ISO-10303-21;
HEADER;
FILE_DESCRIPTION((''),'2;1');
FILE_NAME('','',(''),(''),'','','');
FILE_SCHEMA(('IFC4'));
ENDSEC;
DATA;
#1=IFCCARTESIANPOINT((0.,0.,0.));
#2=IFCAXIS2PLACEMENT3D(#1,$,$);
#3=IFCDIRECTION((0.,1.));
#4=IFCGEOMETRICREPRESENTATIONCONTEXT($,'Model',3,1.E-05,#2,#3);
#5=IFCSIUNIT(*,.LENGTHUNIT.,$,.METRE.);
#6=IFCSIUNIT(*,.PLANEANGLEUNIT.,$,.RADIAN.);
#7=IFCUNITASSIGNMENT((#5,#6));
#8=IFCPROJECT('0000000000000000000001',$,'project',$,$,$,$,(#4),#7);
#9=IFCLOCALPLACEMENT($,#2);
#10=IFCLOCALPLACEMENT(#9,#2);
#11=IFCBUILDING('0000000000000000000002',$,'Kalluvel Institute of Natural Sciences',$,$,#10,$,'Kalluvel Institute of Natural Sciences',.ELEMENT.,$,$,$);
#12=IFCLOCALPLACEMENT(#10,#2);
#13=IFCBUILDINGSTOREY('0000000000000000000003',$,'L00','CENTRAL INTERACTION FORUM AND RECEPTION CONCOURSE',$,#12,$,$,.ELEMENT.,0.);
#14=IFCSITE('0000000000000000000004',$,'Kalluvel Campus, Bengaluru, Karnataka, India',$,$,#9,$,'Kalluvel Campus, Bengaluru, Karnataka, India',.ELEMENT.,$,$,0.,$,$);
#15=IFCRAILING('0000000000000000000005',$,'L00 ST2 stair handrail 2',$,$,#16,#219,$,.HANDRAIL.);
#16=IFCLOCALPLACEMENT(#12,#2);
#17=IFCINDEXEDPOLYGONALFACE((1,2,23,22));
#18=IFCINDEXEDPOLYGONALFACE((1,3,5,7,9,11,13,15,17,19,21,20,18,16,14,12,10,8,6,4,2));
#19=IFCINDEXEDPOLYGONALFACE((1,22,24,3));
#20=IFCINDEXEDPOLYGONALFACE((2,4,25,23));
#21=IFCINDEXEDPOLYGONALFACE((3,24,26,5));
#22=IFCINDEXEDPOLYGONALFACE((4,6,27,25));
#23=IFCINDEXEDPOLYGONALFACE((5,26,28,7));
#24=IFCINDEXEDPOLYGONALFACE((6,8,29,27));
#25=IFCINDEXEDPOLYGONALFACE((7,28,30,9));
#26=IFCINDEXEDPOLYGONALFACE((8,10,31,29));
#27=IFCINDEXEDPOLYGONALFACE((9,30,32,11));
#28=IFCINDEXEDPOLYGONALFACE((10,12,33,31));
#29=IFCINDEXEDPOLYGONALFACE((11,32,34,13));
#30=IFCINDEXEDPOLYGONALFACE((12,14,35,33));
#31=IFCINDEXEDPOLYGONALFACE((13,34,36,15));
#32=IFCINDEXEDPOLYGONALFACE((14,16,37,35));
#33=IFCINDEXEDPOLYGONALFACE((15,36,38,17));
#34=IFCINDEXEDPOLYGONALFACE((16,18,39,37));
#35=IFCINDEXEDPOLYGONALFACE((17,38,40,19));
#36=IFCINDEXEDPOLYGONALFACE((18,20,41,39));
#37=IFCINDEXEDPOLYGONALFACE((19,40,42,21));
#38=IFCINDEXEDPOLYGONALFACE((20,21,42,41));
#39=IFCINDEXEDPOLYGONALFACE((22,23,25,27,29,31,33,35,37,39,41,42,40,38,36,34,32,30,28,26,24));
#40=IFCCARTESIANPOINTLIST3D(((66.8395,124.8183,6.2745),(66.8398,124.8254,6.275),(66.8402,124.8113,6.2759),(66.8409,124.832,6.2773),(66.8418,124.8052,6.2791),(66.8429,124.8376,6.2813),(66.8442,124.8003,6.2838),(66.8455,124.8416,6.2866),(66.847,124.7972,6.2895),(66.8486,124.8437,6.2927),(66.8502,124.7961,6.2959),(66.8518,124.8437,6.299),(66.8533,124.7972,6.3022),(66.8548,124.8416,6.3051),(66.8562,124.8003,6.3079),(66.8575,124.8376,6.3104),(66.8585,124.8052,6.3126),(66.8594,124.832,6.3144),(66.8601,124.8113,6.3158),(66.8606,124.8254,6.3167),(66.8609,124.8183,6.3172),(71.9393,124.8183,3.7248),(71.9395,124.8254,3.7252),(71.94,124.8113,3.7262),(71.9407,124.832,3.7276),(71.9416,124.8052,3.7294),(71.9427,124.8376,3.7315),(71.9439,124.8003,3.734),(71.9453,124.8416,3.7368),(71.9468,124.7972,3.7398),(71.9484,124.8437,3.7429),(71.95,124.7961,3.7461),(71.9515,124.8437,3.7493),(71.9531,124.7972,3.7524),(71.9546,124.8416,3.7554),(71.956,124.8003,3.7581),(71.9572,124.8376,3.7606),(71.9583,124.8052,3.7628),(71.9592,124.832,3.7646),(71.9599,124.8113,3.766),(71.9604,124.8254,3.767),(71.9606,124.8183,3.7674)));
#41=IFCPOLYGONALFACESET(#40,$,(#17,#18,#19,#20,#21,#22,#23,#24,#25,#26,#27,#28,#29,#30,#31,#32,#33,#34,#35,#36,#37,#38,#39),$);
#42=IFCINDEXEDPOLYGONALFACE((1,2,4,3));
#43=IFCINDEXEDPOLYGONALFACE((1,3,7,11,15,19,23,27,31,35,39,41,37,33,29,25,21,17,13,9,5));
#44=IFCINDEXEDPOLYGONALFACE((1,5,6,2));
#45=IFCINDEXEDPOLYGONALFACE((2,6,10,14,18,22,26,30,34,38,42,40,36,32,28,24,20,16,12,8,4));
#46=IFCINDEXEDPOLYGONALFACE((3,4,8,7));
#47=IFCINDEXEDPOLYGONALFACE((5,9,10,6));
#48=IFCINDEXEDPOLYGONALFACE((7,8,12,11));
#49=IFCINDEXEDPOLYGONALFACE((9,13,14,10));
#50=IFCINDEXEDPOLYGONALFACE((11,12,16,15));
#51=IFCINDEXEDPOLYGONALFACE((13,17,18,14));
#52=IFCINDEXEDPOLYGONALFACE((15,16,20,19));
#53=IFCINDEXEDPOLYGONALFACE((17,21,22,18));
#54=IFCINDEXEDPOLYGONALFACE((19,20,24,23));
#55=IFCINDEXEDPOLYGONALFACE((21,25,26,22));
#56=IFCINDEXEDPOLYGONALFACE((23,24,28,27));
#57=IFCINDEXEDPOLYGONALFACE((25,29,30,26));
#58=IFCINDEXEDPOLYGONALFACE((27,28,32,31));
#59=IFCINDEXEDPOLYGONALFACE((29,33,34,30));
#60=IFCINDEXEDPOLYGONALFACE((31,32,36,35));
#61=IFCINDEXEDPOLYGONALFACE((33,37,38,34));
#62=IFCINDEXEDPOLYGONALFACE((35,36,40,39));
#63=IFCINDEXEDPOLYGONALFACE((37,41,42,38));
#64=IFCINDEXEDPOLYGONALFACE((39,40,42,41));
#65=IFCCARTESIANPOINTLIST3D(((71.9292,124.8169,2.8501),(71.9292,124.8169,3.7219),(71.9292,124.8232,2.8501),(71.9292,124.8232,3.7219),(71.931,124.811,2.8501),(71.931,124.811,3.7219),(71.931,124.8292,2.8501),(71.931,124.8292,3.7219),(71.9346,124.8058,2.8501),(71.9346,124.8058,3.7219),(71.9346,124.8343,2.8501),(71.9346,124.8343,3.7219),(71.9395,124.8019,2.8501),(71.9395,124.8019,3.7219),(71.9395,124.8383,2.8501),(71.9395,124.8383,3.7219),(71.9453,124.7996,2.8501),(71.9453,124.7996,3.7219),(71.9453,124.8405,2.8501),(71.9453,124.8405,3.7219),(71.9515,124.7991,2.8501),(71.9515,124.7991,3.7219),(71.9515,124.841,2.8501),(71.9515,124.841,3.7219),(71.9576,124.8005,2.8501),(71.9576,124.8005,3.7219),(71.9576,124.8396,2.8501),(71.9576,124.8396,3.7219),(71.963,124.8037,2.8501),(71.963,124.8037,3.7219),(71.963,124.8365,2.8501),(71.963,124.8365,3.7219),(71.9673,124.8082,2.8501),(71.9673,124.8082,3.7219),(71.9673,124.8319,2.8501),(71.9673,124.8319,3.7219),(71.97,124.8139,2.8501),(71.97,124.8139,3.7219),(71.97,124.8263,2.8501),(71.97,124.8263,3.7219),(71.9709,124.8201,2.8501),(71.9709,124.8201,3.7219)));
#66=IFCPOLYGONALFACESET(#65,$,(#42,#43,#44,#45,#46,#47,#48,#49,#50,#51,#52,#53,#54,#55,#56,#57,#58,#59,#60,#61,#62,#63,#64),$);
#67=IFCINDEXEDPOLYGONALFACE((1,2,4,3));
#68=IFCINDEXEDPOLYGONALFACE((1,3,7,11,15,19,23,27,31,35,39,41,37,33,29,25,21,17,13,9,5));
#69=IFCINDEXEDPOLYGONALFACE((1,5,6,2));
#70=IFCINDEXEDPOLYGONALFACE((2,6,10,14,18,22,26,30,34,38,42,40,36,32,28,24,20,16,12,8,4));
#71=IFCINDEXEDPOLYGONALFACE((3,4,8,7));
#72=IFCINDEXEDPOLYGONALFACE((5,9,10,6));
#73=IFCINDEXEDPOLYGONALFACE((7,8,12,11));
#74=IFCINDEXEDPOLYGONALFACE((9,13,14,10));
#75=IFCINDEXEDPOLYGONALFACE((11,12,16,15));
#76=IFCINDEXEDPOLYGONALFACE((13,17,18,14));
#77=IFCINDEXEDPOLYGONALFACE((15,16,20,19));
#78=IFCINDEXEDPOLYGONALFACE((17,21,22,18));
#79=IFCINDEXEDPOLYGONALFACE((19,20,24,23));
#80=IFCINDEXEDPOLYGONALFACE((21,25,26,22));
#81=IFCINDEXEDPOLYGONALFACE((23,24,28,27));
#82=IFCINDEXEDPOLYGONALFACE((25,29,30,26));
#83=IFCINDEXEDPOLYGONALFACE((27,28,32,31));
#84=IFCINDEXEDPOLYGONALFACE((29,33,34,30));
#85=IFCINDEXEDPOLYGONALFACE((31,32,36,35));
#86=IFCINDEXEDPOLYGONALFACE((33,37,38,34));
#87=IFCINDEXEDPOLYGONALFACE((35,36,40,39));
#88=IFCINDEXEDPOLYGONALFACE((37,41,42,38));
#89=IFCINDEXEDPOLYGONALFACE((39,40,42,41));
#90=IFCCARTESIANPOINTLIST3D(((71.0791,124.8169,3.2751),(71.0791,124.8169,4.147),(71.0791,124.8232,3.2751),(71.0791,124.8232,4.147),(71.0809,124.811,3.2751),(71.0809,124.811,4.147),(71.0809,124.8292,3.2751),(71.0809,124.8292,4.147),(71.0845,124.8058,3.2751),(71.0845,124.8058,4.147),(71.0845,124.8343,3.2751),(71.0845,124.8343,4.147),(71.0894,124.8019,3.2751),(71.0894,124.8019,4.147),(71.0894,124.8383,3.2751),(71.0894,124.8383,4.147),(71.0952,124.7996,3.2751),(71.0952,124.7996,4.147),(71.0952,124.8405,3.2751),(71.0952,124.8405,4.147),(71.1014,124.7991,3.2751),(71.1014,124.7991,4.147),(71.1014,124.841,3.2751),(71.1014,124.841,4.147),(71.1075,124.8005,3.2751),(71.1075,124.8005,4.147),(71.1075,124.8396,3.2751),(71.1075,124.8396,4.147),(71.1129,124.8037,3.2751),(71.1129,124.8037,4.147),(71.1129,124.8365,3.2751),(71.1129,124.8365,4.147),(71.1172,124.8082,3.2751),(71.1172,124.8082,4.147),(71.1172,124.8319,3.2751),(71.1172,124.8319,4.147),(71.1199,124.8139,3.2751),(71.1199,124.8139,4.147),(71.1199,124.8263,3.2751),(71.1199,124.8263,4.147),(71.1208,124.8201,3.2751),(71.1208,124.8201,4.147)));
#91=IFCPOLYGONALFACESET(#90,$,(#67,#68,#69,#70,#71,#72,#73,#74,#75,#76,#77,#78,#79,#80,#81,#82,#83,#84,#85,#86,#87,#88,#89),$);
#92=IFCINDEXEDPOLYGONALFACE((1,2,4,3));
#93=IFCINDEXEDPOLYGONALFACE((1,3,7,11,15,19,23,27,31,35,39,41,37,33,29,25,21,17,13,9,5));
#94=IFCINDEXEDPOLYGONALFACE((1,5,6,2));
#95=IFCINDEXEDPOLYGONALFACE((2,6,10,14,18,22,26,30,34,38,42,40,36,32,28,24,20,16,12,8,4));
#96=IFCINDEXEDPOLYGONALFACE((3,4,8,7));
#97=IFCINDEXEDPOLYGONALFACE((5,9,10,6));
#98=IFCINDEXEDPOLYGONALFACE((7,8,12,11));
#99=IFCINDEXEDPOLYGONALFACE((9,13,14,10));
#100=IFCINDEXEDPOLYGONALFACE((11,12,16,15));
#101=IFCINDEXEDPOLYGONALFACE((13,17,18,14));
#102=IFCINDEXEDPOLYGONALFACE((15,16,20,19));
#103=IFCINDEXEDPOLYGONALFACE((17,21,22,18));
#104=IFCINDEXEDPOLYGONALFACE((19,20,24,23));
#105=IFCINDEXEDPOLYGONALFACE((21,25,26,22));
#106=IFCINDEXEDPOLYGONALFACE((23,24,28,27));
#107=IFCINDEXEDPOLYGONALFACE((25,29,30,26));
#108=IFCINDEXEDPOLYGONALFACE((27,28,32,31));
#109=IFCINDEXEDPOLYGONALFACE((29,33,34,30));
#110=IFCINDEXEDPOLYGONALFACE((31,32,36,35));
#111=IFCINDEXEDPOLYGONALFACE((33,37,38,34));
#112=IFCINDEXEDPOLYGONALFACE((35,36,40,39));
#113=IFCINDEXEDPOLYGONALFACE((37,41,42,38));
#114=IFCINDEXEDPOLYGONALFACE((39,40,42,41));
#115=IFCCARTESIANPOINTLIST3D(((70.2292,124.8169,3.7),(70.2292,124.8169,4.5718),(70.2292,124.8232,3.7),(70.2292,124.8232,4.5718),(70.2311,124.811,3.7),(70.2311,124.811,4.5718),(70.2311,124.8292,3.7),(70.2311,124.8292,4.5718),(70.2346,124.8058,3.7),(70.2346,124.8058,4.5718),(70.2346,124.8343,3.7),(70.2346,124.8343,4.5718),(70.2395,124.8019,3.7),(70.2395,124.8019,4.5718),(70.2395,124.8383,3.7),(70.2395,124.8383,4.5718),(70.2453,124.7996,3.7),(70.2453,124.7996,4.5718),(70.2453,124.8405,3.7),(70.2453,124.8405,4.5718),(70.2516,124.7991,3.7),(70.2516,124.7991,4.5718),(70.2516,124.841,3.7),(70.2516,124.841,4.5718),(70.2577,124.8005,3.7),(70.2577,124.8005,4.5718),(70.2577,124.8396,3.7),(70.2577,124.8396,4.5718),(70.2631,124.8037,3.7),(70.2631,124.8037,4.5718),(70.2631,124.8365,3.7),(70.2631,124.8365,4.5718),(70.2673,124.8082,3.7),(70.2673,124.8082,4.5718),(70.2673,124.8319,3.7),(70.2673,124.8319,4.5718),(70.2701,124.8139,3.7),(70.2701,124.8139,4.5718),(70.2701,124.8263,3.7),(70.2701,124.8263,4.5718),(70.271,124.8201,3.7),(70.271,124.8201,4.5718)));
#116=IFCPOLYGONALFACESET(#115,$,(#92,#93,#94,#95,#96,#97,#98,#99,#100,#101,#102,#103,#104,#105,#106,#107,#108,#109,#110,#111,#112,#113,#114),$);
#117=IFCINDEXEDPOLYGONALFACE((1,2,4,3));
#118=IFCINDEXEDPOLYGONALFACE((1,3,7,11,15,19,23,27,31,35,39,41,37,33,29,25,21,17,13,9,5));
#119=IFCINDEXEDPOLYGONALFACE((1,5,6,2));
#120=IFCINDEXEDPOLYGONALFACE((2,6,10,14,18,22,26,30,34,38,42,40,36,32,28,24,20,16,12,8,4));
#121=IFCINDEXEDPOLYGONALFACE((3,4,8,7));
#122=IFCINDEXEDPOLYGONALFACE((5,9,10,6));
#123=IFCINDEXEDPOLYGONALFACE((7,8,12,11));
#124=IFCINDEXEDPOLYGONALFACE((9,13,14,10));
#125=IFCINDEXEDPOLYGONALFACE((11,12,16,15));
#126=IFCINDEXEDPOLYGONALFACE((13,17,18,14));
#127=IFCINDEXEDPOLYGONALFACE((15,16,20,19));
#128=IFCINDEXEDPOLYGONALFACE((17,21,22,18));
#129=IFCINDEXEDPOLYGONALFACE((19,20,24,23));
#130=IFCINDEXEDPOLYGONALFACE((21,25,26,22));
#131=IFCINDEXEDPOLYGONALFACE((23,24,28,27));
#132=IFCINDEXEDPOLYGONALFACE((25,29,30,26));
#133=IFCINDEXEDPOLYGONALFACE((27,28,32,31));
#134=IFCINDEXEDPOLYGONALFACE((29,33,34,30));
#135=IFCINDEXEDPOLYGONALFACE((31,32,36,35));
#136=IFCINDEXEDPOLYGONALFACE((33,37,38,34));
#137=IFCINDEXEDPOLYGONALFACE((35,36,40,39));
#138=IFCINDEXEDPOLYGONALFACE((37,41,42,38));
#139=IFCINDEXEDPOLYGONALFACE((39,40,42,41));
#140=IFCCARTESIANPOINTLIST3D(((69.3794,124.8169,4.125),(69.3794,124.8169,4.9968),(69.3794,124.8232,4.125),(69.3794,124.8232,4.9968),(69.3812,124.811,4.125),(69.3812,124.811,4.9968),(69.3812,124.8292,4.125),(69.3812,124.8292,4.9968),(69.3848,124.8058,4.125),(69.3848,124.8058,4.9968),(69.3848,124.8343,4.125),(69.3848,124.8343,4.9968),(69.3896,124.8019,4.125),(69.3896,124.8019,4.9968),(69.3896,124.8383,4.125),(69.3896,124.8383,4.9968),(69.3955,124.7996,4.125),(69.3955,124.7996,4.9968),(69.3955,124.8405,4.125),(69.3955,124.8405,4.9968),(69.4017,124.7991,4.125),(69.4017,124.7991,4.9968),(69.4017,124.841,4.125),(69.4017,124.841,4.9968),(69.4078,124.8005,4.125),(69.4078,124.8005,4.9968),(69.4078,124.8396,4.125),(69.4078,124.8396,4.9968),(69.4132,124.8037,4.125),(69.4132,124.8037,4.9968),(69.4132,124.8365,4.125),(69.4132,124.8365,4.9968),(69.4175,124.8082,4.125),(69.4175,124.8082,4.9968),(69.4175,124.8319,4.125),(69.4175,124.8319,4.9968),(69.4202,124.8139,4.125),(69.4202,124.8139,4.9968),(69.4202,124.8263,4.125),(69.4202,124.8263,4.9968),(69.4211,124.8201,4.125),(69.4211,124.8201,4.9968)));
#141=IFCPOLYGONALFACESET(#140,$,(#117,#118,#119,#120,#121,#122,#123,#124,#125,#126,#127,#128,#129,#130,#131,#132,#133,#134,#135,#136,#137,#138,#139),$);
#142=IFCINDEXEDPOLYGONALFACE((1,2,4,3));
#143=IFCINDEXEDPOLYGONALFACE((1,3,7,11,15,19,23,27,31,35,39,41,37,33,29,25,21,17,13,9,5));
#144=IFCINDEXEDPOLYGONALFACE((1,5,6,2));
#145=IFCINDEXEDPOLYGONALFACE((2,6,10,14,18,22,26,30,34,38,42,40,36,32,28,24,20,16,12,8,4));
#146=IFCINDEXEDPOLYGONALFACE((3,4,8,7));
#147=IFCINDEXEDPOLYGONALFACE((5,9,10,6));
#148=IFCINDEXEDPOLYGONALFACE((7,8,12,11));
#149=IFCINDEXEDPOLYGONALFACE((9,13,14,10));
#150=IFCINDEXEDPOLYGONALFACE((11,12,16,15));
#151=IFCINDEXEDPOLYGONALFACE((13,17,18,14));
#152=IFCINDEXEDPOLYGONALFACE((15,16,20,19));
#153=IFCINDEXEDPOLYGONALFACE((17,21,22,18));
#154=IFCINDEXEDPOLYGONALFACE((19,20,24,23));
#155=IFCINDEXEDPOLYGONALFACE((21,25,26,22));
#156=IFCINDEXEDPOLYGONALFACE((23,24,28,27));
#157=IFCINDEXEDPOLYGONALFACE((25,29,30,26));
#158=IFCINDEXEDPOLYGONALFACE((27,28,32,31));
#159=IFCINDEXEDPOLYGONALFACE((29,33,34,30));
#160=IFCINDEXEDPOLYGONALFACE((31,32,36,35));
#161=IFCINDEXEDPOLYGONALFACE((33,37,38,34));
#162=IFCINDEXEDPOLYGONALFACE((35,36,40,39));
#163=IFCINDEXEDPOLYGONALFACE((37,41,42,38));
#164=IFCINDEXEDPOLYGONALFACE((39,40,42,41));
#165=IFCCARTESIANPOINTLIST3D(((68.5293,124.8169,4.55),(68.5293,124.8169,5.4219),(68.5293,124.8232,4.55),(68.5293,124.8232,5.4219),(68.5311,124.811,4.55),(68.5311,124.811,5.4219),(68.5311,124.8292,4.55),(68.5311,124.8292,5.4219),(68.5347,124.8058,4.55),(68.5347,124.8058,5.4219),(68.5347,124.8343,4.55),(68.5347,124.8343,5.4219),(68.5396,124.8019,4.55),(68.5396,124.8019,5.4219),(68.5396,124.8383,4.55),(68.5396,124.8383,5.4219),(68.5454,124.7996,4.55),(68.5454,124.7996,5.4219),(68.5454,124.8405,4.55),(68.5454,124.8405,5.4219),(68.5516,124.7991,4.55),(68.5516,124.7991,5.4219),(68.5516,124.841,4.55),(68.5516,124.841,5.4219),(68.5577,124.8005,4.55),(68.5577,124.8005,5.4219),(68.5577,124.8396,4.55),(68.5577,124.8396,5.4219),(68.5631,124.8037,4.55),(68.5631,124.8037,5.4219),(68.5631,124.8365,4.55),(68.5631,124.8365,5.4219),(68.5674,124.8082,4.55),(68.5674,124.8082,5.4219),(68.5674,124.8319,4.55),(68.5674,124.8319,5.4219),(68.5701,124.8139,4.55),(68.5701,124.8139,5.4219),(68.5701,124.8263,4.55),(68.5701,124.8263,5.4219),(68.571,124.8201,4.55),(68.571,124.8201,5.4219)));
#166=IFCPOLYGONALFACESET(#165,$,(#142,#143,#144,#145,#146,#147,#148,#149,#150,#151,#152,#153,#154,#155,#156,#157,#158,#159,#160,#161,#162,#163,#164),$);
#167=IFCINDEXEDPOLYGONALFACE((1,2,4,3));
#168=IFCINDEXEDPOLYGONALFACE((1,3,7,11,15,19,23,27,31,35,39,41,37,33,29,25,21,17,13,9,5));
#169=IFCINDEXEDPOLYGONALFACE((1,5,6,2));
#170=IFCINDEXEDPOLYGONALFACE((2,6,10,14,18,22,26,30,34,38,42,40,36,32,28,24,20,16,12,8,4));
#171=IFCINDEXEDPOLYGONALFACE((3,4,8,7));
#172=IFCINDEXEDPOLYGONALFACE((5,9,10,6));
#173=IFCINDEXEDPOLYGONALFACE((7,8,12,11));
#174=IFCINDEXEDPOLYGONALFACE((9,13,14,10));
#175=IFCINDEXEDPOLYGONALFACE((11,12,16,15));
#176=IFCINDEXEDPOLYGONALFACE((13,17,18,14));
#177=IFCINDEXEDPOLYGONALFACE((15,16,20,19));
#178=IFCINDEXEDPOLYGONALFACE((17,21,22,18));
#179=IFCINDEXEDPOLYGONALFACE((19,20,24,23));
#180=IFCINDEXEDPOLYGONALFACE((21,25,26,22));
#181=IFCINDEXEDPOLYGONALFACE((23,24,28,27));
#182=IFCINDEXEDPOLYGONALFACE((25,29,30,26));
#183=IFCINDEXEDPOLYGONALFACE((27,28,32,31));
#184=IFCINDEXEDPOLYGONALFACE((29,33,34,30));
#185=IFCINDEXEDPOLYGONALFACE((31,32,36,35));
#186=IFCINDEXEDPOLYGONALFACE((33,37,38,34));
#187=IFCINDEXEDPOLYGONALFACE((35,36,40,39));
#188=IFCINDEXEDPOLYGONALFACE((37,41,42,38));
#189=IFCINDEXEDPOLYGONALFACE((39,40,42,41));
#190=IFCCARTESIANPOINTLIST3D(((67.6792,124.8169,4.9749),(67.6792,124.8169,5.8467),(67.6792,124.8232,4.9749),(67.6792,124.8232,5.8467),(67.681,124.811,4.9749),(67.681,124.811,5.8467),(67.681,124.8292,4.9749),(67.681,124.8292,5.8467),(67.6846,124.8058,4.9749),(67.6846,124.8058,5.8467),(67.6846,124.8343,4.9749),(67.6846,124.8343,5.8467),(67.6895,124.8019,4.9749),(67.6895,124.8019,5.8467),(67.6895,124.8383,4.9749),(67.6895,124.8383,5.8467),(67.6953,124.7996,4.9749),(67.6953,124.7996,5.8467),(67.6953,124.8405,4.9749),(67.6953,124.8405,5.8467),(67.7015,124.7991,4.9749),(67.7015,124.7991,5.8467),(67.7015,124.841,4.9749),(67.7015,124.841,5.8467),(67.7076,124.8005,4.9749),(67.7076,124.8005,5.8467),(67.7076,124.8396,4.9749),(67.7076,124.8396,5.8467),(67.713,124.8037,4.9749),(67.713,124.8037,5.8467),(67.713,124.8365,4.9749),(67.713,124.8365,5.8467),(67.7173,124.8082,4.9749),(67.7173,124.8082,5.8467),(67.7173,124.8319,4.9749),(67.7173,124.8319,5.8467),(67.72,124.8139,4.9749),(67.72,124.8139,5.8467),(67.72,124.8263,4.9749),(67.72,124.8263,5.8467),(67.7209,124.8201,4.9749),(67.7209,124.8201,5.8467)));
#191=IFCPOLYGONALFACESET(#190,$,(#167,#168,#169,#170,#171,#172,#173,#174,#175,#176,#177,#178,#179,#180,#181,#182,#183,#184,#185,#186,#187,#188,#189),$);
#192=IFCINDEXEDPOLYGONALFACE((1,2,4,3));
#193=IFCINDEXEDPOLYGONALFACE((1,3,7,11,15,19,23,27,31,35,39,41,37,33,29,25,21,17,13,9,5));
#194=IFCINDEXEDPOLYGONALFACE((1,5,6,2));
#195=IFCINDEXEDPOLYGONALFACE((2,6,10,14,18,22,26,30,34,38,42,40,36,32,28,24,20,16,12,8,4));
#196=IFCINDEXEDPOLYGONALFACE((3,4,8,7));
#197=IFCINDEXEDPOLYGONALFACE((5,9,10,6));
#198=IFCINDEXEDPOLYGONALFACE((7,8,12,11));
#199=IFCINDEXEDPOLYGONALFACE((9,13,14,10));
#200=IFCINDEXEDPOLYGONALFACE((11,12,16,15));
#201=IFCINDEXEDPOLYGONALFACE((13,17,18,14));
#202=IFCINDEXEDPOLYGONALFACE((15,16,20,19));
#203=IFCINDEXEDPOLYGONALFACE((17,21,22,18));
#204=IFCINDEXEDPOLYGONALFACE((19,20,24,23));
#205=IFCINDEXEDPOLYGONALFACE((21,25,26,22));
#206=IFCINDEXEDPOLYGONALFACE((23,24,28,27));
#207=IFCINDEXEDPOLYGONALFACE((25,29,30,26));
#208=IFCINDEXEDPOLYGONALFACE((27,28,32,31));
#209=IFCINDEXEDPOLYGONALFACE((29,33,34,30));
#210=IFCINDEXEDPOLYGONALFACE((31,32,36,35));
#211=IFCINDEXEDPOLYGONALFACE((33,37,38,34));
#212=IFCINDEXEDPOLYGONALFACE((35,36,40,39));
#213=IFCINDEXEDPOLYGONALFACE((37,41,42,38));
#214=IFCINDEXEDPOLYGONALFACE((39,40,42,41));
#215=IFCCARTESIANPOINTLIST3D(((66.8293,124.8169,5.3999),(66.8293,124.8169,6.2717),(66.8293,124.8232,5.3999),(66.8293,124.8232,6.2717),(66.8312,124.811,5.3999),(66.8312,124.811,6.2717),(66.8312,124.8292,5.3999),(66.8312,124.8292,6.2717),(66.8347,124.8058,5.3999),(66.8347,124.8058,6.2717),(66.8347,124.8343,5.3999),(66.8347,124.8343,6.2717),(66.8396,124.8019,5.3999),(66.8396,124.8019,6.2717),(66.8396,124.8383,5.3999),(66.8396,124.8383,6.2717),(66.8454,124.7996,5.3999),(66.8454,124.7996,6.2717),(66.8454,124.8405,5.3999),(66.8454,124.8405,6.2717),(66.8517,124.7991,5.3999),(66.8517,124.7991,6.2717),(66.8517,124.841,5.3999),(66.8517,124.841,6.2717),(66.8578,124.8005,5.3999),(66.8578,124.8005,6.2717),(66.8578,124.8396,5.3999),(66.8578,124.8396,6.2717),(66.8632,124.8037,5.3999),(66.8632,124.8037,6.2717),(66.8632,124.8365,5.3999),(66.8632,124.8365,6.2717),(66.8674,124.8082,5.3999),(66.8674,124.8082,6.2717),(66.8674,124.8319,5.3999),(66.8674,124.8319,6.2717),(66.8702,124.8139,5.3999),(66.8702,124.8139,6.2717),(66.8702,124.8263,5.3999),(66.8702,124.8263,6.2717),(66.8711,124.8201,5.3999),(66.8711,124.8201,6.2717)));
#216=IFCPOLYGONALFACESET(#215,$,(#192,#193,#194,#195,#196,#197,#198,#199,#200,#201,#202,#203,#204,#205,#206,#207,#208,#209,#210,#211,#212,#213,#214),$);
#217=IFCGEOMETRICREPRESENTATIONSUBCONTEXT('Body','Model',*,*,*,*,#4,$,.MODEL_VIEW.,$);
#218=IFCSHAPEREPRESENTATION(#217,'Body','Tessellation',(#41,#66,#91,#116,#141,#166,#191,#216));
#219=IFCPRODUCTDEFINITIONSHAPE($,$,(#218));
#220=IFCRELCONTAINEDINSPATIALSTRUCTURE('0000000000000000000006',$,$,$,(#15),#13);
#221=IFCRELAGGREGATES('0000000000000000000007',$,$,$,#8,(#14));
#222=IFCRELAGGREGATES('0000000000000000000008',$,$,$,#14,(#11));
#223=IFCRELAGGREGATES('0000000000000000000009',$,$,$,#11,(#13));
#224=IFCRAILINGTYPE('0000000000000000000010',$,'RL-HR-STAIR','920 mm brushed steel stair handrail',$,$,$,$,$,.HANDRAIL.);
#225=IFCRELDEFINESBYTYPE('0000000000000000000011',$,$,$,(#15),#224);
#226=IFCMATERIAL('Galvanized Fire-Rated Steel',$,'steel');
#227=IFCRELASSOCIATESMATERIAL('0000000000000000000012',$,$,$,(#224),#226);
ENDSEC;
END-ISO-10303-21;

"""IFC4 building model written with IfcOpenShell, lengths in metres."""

from ifc_helpers import new_model, si_unit, direction, frame, origin, origin_2d, place, context, subcontext, project, spatial, circle, extrude, material, type_object, element, save


model = new_model("IFC4")

# Units and contexts
model_context = context("Model", 3, precision=1e-05, world=origin(), true_north=direction((0.0, 1.0)))
body_context = subcontext(model_context, "Body", "Model", "MODEL_VIEW")
ifc_project = project(units=[si_unit("LENGTHUNIT", "METRE"), si_unit("PLANEANGLEUNIT", "RADIAN")], contexts=[model_context])

# Site, building, storey
site_placement = place(None, origin())
site = spatial("IfcSite", under=ifc_project, at=site_placement, Name="Kalluvel Campus, Bengaluru, Karnataka, India", LongName="Kalluvel Campus, Bengaluru, Karnataka, India", CompositionType="ELEMENT", RefElevation=0.0)
building_placement = place(site_placement, origin())
building = spatial("IfcBuilding", under=site, at=building_placement, Name="Kalluvel Institute of Natural Sciences", LongName="Kalluvel Institute of Natural Sciences", CompositionType="ELEMENT")
storey_placement = place(building_placement, origin())
storey = spatial("IfcBuildingStorey", under=building, at=storey_placement, Name="L00", Description="CENTRAL INTERACTION FORUM AND RECEPTION CONCOURSE", CompositionType="ELEMENT", Elevation=0.0)

# Shared definitions
ifc_material_1 = material(Name="Galvanized Fire-Rated Steel", Category="steel")

# Railing
railing_type_1 = type_object("IfcRailingType", Name="RL-HR-STAIR", Description="920 mm brushed steel stair handrail", PredefinedType="HANDRAIL", material=ifc_material_1)
railing_1_placement = place(storey_placement, frame((71.95, 124.8201, 2.8501)))
element("IfcRailing", 1, at=railing_1_placement, inside=storey, type_object=railing_type_1, Name="L00 ST2 stair handrail 2", PredefinedType="HANDRAIL", context=body_context, shape_type="SweptSolid", body=[
    extrude(circle(Radius=0.0239, at=origin_2d()), frame((0.0, 0.0, 0.896), z_axis=(-0.894436, 0.0, 0.447196), x_axis=(0.0, -1.0, 0.0)), (0.0, 0.0, 1.0), 5.7017),
    extrude(circle(Radius=0.021, at=origin_2d()), origin(), (0.0, 0.0, 1.0), 0.8718),
    extrude(circle(Radius=0.021, at=origin_2d()), frame((-0.8501, 0.0, 0.425)), (0.0, 0.0, 1.0), 0.8718),
    extrude(circle(Radius=0.021, at=origin_2d()), frame((-1.7, 0.0, 0.8499)), (0.0, 0.0, 1.0), 0.8718),
    extrude(circle(Radius=0.021, at=origin_2d()), frame((-2.5498, 0.0, 1.2749)), (0.0, 0.0, 1.0), 0.8718),
    extrude(circle(Radius=0.021, at=origin_2d()), frame((-3.3999, 0.0, 1.7)), (0.0, 0.0, 1.0), 0.8718),
    extrude(circle(Radius=0.021, at=origin_2d()), frame((-4.25, 0.0, 2.1248)), (0.0, 0.0, 1.0), 0.8718),
    extrude(circle(Radius=0.021, at=origin_2d()), frame((-5.0999, 0.0, 2.5498)), (0.0, 0.0, 1.0), 0.8718),
])

save(model, "model.ifc")
